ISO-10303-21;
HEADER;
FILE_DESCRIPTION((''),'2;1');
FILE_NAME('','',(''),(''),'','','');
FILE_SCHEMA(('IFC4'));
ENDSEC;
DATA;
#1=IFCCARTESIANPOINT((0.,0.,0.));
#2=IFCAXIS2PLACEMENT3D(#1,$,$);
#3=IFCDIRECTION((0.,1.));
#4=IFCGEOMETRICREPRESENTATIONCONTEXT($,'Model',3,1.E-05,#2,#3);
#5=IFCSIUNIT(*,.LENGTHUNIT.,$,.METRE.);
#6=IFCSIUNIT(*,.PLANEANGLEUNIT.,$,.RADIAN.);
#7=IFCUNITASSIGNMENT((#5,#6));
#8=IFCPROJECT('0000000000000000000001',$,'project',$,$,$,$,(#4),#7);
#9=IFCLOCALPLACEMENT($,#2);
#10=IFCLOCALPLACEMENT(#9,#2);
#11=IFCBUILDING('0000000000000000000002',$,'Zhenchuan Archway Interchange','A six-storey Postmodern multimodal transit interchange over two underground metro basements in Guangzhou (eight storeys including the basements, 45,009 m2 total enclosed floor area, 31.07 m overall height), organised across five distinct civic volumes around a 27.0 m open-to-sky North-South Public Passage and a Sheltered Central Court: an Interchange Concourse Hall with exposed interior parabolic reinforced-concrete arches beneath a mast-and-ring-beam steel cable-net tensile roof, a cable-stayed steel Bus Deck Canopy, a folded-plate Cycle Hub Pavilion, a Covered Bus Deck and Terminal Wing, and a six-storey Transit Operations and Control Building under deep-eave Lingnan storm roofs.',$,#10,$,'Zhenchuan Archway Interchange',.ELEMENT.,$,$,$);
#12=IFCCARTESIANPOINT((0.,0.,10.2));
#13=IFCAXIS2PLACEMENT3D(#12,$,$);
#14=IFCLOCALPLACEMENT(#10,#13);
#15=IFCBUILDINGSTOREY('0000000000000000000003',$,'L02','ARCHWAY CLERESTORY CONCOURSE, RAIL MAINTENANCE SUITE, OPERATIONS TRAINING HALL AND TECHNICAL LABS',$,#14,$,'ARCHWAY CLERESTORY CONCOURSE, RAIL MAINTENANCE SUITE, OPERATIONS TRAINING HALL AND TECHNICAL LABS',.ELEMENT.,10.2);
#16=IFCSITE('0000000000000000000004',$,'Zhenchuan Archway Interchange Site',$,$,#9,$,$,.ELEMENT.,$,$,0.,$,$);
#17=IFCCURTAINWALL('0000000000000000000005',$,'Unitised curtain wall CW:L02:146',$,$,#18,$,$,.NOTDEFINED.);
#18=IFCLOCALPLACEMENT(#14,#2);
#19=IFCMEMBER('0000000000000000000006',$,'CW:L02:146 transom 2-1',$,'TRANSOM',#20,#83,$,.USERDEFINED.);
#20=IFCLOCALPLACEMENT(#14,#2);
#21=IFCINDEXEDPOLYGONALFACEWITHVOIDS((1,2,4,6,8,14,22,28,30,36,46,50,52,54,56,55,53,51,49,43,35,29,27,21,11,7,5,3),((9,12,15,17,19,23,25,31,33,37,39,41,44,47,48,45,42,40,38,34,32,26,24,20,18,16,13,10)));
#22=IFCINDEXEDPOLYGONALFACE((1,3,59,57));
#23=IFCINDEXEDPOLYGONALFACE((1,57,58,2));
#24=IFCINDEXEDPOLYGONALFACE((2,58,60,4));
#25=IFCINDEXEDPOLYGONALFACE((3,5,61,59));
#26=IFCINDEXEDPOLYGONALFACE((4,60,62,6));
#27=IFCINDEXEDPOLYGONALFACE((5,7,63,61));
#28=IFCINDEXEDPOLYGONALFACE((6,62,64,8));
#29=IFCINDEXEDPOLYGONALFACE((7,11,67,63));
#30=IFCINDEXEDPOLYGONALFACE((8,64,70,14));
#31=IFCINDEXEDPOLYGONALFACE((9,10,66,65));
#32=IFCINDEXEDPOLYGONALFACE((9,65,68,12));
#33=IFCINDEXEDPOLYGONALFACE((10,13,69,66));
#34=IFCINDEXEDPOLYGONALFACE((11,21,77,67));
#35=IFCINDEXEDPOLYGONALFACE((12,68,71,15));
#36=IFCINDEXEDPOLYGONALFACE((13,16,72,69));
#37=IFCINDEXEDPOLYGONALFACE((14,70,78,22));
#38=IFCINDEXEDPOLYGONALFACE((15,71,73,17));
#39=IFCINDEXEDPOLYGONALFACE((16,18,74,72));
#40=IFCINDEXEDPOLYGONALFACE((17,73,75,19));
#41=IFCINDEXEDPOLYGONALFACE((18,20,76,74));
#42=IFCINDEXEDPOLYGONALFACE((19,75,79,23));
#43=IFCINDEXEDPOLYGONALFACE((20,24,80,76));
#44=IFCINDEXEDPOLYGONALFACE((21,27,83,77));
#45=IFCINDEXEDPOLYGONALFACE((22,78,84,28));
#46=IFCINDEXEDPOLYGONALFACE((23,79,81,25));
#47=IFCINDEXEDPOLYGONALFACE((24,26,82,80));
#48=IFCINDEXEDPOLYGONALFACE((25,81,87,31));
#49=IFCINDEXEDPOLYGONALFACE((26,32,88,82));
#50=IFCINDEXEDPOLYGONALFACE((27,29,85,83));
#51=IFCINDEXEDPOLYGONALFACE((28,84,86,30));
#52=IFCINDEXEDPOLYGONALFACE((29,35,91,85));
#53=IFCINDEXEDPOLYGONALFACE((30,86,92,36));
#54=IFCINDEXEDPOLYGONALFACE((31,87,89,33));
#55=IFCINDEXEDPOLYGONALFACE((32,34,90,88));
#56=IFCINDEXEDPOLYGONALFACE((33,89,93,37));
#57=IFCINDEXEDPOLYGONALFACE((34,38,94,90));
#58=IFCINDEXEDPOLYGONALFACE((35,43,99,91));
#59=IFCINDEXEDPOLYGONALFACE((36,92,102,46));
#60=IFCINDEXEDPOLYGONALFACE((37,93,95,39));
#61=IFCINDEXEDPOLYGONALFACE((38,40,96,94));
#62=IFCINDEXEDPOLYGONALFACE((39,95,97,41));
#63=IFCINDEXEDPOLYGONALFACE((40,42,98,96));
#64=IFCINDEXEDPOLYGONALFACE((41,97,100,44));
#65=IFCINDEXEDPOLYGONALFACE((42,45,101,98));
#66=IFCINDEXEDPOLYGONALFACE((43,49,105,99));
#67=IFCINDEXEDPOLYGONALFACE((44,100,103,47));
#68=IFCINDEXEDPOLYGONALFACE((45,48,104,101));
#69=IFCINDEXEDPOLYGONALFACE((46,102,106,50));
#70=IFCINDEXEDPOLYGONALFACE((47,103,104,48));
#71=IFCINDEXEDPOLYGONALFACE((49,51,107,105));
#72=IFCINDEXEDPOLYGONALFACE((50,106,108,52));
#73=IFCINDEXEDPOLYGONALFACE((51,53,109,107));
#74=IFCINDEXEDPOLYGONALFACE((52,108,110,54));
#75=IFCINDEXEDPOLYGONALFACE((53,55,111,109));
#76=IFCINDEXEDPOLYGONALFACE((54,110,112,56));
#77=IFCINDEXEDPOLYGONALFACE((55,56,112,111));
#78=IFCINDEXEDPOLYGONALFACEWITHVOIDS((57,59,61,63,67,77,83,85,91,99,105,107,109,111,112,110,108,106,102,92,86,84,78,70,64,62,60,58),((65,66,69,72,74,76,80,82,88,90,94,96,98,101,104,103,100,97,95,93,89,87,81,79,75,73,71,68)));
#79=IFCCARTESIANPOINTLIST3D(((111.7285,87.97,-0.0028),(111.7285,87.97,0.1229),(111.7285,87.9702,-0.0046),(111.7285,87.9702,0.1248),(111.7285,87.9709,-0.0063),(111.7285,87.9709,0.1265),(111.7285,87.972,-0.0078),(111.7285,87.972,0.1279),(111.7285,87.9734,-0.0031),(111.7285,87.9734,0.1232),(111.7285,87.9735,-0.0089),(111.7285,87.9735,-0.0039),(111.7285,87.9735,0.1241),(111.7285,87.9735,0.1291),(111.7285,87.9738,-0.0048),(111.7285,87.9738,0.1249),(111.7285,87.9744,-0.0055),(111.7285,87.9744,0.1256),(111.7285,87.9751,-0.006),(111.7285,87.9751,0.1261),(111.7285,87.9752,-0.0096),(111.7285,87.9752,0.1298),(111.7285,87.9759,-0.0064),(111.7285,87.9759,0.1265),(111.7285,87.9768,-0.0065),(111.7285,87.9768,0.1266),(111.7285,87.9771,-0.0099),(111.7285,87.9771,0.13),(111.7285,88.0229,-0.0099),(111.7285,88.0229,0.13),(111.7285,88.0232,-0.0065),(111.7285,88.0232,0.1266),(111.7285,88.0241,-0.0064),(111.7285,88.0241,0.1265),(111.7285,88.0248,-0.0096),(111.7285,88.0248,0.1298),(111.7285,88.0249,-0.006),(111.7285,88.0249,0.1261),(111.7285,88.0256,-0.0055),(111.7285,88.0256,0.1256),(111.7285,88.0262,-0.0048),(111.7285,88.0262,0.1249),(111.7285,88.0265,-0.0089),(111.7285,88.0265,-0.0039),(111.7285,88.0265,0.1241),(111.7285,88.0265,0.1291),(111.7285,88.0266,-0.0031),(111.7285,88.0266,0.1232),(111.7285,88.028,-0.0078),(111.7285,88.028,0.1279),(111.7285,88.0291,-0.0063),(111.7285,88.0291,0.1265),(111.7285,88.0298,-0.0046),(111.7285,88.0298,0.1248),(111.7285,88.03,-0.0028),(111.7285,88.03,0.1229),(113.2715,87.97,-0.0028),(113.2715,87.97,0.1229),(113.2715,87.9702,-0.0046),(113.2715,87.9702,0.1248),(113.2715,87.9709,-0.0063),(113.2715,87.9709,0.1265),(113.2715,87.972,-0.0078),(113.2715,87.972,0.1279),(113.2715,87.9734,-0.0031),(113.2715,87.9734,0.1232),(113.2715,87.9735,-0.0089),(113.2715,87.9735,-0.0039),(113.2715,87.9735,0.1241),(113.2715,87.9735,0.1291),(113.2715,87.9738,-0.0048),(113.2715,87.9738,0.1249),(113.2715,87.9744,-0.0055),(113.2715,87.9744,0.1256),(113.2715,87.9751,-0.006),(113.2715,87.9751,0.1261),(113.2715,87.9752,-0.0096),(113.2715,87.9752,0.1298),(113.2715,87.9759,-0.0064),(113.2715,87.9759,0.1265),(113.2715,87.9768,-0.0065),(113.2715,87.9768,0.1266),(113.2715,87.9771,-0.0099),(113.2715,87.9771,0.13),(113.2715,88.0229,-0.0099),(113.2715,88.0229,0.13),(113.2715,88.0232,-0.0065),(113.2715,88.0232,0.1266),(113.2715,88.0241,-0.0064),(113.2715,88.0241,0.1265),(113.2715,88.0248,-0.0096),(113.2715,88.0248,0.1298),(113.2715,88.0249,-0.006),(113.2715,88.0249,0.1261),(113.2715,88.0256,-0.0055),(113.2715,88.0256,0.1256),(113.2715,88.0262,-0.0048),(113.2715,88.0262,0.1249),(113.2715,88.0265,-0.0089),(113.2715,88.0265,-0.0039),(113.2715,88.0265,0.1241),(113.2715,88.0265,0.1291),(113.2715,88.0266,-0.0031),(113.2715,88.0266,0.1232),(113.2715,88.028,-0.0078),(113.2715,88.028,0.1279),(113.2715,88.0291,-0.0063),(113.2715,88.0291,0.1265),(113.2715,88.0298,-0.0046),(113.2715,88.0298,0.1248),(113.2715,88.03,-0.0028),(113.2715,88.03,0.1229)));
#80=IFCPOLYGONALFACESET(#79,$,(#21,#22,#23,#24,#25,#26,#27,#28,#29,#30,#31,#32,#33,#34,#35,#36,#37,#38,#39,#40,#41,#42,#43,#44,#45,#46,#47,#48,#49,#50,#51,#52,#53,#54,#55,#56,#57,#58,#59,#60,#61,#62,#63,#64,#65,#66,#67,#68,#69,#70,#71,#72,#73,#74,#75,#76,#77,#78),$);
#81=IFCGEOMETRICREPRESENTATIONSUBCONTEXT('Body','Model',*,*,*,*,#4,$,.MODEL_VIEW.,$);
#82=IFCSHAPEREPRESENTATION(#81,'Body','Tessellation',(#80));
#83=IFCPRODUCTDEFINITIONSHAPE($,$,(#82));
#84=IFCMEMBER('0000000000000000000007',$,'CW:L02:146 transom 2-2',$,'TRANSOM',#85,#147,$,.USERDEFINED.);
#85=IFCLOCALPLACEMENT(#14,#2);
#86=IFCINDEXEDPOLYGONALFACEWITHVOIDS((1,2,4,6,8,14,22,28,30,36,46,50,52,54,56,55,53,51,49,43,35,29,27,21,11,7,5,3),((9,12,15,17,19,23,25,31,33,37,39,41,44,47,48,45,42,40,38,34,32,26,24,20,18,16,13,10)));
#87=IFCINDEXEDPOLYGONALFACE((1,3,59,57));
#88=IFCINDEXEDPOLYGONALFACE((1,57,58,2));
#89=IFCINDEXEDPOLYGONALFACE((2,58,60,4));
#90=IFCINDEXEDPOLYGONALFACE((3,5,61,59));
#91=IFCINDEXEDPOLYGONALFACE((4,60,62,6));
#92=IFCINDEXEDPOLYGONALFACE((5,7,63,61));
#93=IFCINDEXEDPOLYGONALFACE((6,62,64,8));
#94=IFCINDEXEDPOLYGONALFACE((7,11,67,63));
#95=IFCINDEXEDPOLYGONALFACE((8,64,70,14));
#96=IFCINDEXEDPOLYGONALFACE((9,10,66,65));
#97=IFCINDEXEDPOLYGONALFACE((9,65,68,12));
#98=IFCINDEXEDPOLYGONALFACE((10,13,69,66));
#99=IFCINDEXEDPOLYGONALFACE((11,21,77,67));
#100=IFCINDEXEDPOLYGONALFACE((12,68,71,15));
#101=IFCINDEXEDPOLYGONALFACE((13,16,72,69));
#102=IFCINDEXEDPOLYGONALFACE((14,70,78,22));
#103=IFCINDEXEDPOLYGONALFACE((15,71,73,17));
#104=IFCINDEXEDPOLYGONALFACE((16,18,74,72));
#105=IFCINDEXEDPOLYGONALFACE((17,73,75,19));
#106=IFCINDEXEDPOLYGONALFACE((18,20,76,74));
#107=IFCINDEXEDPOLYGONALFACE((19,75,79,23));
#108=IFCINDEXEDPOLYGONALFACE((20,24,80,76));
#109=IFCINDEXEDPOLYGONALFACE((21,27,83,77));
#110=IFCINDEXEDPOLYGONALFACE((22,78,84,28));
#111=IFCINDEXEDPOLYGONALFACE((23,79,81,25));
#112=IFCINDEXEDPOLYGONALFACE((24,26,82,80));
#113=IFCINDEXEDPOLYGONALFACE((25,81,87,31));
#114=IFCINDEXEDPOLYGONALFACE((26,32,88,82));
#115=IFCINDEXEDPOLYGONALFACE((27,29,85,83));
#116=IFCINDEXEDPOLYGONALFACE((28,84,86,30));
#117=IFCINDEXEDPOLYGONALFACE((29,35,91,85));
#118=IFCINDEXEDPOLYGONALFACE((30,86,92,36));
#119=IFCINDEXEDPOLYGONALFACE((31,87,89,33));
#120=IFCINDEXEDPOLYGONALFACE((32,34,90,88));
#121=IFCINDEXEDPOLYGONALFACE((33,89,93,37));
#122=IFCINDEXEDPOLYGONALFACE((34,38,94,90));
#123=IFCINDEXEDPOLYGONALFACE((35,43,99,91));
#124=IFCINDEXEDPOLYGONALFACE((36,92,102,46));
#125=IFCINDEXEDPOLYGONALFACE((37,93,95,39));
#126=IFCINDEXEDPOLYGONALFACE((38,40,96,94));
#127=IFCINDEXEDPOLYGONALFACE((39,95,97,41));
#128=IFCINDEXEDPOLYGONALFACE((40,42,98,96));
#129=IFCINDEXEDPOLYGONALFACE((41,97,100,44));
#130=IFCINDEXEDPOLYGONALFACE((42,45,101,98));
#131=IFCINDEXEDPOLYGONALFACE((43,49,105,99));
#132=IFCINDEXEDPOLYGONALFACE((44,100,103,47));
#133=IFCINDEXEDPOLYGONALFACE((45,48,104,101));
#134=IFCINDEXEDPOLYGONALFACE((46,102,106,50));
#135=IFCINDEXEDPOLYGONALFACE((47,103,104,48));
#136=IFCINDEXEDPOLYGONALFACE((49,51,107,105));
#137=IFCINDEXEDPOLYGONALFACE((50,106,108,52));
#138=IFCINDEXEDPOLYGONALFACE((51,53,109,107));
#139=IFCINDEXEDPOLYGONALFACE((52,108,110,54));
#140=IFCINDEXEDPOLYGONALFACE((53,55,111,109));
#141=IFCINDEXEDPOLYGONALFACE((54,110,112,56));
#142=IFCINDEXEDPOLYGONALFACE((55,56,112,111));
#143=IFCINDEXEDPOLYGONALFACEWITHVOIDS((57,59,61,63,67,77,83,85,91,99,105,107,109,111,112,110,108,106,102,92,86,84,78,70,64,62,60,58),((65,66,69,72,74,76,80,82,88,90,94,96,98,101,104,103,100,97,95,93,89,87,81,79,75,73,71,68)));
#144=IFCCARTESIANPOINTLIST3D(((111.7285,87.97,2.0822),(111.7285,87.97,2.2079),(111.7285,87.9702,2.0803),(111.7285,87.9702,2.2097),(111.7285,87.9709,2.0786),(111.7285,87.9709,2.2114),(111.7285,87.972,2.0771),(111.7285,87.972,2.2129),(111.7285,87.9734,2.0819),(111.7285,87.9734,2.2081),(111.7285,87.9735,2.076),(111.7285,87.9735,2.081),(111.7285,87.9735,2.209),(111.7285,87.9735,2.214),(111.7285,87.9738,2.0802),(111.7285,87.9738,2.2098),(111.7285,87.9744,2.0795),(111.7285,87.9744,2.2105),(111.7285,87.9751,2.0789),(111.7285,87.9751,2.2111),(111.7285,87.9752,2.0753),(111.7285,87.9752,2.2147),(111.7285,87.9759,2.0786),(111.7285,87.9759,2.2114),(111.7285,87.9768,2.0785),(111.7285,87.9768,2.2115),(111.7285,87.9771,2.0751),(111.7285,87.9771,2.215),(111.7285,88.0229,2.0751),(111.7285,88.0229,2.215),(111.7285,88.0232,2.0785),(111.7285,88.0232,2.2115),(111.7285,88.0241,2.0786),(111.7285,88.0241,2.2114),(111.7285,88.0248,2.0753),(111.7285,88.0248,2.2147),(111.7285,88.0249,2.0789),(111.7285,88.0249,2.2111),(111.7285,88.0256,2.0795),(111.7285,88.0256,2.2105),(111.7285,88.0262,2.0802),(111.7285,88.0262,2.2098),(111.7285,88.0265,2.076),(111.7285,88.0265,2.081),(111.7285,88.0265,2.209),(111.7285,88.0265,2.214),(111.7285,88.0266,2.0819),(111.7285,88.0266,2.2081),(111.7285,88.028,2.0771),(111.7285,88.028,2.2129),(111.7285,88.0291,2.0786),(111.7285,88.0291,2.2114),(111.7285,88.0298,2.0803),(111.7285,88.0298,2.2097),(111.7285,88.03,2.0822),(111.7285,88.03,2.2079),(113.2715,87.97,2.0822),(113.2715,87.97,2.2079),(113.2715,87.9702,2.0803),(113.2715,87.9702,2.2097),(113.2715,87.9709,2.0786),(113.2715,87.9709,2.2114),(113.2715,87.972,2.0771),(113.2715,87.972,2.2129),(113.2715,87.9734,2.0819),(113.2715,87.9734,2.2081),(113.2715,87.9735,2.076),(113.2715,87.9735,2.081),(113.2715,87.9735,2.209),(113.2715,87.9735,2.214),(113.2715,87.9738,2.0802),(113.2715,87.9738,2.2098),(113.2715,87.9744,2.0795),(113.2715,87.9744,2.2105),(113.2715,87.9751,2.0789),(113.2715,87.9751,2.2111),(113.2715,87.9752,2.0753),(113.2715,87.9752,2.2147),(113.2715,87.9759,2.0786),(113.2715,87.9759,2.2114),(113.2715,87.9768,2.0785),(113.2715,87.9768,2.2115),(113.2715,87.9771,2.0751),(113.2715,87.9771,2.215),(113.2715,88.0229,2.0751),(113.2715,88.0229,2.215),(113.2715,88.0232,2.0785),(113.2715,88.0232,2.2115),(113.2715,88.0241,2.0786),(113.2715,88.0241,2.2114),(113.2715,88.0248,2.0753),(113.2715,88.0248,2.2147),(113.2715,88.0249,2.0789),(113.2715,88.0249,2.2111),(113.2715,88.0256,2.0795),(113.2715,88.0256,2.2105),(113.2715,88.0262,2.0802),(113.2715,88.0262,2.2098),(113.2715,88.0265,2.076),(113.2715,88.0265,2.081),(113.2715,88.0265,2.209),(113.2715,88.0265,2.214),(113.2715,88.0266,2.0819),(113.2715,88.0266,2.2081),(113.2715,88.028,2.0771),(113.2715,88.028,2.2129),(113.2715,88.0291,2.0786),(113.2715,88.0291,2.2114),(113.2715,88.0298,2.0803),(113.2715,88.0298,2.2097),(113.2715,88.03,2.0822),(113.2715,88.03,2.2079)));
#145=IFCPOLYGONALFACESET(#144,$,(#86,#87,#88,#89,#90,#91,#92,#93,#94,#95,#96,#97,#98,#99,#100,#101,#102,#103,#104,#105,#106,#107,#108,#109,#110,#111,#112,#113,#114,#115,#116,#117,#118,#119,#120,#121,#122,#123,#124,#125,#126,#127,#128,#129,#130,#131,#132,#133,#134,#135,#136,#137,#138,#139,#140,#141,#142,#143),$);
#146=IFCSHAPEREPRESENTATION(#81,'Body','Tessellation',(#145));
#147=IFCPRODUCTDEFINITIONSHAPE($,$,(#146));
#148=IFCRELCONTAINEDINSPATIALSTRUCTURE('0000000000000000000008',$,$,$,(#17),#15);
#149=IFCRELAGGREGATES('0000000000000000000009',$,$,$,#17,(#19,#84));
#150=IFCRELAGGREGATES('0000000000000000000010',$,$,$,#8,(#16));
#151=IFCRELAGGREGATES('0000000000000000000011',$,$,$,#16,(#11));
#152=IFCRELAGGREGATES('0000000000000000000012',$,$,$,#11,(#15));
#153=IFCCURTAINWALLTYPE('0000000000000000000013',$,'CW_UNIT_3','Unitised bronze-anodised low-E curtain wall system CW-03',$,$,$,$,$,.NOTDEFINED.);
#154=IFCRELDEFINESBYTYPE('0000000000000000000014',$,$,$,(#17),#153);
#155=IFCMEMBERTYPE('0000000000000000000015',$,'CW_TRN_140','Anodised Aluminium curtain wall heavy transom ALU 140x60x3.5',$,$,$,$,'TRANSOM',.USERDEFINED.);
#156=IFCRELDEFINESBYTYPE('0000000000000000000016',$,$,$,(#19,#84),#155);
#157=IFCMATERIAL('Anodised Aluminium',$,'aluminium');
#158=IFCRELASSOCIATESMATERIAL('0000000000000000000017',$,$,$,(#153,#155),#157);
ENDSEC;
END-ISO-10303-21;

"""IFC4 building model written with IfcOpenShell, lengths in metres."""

from ifc_helpers import new_model, si_unit, direction, frame, origin, origin_2d, place, context, subcontext, project, spatial, hollow_rectangle, extrude, material, material_profile, profile_set, type_object, element, aggregate, save


model = new_model("IFC4")

# Units and contexts
model_context = context("Model", 3, precision=1e-05, world=origin(), true_north=direction((0.0, 1.0)))
body_context = subcontext(model_context, "Body", "Model", "MODEL_VIEW")
ifc_project = project(units=[si_unit("LENGTHUNIT", "METRE"), si_unit("PLANEANGLEUNIT", "RADIAN")], contexts=[model_context])

# Site, building, storey
site_placement = place(None, origin())
site = spatial("IfcSite", under=ifc_project, at=site_placement, Name="Zhenchuan Archway Interchange Site", CompositionType="ELEMENT", RefElevation=0.0)
building_placement = place(site_placement, origin())
building = spatial("IfcBuilding", under=site, at=building_placement, Name="Zhenchuan Archway Interchange", Description="A six-storey Postmodern multimodal transit interchange over two underground metro basements in Guangzhou (eight storeys including the basements, 45,009 m2 total enclosed floor area, 31.07 m overall height), organised across five distinct civic volumes around a 27.0 m open-to-sky North-South Public Passage and a Sheltered Central Court: an Interchange Concourse Hall with exposed interior parabolic reinforced-concrete arches beneath a mast-and-ring-beam steel cable-net tensile roof, a cable-stayed steel Bus Deck Canopy, a folded-plate Cycle Hub Pavilion, a Covered Bus Deck and Terminal Wing, and a six-storey Transit Operations and Control Building under deep-eave Lingnan storm roofs.", LongName="Zhenchuan Archway Interchange", CompositionType="ELEMENT")
storey_placement = place(building_placement, frame((0.0, 0.0, 10.2)))
storey = spatial("IfcBuildingStorey", under=building, at=storey_placement, Name="L02", Description="ARCHWAY CLERESTORY CONCOURSE, RAIL MAINTENANCE SUITE, OPERATIONS TRAINING HALL AND TECHNICAL LABS", LongName="ARCHWAY CLERESTORY CONCOURSE, RAIL MAINTENANCE SUITE, OPERATIONS TRAINING HALL AND TECHNICAL LABS", CompositionType="ELEMENT", Elevation=10.2)

# Curtain wall, members
ifc_material_1 = material(Name="Anodised Aluminium", Category="aluminium")
curtain_wall_type = type_object("IfcCurtainWallType", Name="CW_UNIT_3", Description="Unitised bronze-anodised low-E curtain wall system CW-03", PredefinedType="NOTDEFINED", material=ifc_material_1)
curtain_wall_placement = place(storey_placement, origin())
curtain_wall = element("IfcCurtainWall", 1, at=curtain_wall_placement, inside=storey, type_object=curtain_wall_type, Name="Unitised curtain wall CW:L02:146", PredefinedType="NOTDEFINED")
ifc_material_profile_1 = material_profile(ifc_material_1, hollow_rectangle(XDim=0.0601, YDim=0.1399, WallThickness=0.0034, InnerFilletRadius=0.0034, OuterFilletRadius=0.0071, at=origin_2d()), Name="ALU 140x60x3.5")
ifc_profile_set_1 = profile_set([ifc_material_profile_1], Name="Anodised Aluminium")
member_type_1 = type_object("IfcMemberType", Name="CW_TRN_140", Description="Anodised Aluminium curtain wall heavy transom ALU 140x60x3.5", ElementType="TRANSOM", PredefinedType="USERDEFINED", material=ifc_profile_set_1)
member_1_placement = place(storey_placement, frame((113.2715, 88.0, 0.0601), z_axis=(-1.0, 0.0, 0.0), x_axis=(0.0, -1.0, 0.0)))
member_1 = element("IfcMember", 2, at=member_1_placement, type_object=member_type_1, Name="CW:L02:146 transom 2-1", ObjectType="TRANSOM", PredefinedType="USERDEFINED", context=body_context, shape_type="SweptSolid", body=[
    extrude(hollow_rectangle(XDim=0.0601, YDim=0.1399, WallThickness=0.0034, InnerFilletRadius=0.0034, OuterFilletRadius=0.0071, at=origin_2d()), origin(), (0.0, 0.0, 1.0), 1.543),
])
member_2_placement = place(storey_placement, frame((113.2715, 88.0, 2.145), z_axis=(-1.0, 0.0, 0.0), x_axis=(0.0, -1.0, 0.0)))
member_2 = element("IfcMember", 3, at=member_2_placement, type_object=member_type_1, Name="CW:L02:146 transom 2-2", ObjectType="TRANSOM", PredefinedType="USERDEFINED", context=body_context, shape_type="SweptSolid", body=[
    extrude(hollow_rectangle(XDim=0.0601, YDim=0.1399, WallThickness=0.0034, InnerFilletRadius=0.0034, OuterFilletRadius=0.0071, at=origin_2d()), origin(), (0.0, 0.0, 1.0), 1.543),
])

aggregate(curtain_wall, [member_1, member_2])

save(model, "model.ifc")
